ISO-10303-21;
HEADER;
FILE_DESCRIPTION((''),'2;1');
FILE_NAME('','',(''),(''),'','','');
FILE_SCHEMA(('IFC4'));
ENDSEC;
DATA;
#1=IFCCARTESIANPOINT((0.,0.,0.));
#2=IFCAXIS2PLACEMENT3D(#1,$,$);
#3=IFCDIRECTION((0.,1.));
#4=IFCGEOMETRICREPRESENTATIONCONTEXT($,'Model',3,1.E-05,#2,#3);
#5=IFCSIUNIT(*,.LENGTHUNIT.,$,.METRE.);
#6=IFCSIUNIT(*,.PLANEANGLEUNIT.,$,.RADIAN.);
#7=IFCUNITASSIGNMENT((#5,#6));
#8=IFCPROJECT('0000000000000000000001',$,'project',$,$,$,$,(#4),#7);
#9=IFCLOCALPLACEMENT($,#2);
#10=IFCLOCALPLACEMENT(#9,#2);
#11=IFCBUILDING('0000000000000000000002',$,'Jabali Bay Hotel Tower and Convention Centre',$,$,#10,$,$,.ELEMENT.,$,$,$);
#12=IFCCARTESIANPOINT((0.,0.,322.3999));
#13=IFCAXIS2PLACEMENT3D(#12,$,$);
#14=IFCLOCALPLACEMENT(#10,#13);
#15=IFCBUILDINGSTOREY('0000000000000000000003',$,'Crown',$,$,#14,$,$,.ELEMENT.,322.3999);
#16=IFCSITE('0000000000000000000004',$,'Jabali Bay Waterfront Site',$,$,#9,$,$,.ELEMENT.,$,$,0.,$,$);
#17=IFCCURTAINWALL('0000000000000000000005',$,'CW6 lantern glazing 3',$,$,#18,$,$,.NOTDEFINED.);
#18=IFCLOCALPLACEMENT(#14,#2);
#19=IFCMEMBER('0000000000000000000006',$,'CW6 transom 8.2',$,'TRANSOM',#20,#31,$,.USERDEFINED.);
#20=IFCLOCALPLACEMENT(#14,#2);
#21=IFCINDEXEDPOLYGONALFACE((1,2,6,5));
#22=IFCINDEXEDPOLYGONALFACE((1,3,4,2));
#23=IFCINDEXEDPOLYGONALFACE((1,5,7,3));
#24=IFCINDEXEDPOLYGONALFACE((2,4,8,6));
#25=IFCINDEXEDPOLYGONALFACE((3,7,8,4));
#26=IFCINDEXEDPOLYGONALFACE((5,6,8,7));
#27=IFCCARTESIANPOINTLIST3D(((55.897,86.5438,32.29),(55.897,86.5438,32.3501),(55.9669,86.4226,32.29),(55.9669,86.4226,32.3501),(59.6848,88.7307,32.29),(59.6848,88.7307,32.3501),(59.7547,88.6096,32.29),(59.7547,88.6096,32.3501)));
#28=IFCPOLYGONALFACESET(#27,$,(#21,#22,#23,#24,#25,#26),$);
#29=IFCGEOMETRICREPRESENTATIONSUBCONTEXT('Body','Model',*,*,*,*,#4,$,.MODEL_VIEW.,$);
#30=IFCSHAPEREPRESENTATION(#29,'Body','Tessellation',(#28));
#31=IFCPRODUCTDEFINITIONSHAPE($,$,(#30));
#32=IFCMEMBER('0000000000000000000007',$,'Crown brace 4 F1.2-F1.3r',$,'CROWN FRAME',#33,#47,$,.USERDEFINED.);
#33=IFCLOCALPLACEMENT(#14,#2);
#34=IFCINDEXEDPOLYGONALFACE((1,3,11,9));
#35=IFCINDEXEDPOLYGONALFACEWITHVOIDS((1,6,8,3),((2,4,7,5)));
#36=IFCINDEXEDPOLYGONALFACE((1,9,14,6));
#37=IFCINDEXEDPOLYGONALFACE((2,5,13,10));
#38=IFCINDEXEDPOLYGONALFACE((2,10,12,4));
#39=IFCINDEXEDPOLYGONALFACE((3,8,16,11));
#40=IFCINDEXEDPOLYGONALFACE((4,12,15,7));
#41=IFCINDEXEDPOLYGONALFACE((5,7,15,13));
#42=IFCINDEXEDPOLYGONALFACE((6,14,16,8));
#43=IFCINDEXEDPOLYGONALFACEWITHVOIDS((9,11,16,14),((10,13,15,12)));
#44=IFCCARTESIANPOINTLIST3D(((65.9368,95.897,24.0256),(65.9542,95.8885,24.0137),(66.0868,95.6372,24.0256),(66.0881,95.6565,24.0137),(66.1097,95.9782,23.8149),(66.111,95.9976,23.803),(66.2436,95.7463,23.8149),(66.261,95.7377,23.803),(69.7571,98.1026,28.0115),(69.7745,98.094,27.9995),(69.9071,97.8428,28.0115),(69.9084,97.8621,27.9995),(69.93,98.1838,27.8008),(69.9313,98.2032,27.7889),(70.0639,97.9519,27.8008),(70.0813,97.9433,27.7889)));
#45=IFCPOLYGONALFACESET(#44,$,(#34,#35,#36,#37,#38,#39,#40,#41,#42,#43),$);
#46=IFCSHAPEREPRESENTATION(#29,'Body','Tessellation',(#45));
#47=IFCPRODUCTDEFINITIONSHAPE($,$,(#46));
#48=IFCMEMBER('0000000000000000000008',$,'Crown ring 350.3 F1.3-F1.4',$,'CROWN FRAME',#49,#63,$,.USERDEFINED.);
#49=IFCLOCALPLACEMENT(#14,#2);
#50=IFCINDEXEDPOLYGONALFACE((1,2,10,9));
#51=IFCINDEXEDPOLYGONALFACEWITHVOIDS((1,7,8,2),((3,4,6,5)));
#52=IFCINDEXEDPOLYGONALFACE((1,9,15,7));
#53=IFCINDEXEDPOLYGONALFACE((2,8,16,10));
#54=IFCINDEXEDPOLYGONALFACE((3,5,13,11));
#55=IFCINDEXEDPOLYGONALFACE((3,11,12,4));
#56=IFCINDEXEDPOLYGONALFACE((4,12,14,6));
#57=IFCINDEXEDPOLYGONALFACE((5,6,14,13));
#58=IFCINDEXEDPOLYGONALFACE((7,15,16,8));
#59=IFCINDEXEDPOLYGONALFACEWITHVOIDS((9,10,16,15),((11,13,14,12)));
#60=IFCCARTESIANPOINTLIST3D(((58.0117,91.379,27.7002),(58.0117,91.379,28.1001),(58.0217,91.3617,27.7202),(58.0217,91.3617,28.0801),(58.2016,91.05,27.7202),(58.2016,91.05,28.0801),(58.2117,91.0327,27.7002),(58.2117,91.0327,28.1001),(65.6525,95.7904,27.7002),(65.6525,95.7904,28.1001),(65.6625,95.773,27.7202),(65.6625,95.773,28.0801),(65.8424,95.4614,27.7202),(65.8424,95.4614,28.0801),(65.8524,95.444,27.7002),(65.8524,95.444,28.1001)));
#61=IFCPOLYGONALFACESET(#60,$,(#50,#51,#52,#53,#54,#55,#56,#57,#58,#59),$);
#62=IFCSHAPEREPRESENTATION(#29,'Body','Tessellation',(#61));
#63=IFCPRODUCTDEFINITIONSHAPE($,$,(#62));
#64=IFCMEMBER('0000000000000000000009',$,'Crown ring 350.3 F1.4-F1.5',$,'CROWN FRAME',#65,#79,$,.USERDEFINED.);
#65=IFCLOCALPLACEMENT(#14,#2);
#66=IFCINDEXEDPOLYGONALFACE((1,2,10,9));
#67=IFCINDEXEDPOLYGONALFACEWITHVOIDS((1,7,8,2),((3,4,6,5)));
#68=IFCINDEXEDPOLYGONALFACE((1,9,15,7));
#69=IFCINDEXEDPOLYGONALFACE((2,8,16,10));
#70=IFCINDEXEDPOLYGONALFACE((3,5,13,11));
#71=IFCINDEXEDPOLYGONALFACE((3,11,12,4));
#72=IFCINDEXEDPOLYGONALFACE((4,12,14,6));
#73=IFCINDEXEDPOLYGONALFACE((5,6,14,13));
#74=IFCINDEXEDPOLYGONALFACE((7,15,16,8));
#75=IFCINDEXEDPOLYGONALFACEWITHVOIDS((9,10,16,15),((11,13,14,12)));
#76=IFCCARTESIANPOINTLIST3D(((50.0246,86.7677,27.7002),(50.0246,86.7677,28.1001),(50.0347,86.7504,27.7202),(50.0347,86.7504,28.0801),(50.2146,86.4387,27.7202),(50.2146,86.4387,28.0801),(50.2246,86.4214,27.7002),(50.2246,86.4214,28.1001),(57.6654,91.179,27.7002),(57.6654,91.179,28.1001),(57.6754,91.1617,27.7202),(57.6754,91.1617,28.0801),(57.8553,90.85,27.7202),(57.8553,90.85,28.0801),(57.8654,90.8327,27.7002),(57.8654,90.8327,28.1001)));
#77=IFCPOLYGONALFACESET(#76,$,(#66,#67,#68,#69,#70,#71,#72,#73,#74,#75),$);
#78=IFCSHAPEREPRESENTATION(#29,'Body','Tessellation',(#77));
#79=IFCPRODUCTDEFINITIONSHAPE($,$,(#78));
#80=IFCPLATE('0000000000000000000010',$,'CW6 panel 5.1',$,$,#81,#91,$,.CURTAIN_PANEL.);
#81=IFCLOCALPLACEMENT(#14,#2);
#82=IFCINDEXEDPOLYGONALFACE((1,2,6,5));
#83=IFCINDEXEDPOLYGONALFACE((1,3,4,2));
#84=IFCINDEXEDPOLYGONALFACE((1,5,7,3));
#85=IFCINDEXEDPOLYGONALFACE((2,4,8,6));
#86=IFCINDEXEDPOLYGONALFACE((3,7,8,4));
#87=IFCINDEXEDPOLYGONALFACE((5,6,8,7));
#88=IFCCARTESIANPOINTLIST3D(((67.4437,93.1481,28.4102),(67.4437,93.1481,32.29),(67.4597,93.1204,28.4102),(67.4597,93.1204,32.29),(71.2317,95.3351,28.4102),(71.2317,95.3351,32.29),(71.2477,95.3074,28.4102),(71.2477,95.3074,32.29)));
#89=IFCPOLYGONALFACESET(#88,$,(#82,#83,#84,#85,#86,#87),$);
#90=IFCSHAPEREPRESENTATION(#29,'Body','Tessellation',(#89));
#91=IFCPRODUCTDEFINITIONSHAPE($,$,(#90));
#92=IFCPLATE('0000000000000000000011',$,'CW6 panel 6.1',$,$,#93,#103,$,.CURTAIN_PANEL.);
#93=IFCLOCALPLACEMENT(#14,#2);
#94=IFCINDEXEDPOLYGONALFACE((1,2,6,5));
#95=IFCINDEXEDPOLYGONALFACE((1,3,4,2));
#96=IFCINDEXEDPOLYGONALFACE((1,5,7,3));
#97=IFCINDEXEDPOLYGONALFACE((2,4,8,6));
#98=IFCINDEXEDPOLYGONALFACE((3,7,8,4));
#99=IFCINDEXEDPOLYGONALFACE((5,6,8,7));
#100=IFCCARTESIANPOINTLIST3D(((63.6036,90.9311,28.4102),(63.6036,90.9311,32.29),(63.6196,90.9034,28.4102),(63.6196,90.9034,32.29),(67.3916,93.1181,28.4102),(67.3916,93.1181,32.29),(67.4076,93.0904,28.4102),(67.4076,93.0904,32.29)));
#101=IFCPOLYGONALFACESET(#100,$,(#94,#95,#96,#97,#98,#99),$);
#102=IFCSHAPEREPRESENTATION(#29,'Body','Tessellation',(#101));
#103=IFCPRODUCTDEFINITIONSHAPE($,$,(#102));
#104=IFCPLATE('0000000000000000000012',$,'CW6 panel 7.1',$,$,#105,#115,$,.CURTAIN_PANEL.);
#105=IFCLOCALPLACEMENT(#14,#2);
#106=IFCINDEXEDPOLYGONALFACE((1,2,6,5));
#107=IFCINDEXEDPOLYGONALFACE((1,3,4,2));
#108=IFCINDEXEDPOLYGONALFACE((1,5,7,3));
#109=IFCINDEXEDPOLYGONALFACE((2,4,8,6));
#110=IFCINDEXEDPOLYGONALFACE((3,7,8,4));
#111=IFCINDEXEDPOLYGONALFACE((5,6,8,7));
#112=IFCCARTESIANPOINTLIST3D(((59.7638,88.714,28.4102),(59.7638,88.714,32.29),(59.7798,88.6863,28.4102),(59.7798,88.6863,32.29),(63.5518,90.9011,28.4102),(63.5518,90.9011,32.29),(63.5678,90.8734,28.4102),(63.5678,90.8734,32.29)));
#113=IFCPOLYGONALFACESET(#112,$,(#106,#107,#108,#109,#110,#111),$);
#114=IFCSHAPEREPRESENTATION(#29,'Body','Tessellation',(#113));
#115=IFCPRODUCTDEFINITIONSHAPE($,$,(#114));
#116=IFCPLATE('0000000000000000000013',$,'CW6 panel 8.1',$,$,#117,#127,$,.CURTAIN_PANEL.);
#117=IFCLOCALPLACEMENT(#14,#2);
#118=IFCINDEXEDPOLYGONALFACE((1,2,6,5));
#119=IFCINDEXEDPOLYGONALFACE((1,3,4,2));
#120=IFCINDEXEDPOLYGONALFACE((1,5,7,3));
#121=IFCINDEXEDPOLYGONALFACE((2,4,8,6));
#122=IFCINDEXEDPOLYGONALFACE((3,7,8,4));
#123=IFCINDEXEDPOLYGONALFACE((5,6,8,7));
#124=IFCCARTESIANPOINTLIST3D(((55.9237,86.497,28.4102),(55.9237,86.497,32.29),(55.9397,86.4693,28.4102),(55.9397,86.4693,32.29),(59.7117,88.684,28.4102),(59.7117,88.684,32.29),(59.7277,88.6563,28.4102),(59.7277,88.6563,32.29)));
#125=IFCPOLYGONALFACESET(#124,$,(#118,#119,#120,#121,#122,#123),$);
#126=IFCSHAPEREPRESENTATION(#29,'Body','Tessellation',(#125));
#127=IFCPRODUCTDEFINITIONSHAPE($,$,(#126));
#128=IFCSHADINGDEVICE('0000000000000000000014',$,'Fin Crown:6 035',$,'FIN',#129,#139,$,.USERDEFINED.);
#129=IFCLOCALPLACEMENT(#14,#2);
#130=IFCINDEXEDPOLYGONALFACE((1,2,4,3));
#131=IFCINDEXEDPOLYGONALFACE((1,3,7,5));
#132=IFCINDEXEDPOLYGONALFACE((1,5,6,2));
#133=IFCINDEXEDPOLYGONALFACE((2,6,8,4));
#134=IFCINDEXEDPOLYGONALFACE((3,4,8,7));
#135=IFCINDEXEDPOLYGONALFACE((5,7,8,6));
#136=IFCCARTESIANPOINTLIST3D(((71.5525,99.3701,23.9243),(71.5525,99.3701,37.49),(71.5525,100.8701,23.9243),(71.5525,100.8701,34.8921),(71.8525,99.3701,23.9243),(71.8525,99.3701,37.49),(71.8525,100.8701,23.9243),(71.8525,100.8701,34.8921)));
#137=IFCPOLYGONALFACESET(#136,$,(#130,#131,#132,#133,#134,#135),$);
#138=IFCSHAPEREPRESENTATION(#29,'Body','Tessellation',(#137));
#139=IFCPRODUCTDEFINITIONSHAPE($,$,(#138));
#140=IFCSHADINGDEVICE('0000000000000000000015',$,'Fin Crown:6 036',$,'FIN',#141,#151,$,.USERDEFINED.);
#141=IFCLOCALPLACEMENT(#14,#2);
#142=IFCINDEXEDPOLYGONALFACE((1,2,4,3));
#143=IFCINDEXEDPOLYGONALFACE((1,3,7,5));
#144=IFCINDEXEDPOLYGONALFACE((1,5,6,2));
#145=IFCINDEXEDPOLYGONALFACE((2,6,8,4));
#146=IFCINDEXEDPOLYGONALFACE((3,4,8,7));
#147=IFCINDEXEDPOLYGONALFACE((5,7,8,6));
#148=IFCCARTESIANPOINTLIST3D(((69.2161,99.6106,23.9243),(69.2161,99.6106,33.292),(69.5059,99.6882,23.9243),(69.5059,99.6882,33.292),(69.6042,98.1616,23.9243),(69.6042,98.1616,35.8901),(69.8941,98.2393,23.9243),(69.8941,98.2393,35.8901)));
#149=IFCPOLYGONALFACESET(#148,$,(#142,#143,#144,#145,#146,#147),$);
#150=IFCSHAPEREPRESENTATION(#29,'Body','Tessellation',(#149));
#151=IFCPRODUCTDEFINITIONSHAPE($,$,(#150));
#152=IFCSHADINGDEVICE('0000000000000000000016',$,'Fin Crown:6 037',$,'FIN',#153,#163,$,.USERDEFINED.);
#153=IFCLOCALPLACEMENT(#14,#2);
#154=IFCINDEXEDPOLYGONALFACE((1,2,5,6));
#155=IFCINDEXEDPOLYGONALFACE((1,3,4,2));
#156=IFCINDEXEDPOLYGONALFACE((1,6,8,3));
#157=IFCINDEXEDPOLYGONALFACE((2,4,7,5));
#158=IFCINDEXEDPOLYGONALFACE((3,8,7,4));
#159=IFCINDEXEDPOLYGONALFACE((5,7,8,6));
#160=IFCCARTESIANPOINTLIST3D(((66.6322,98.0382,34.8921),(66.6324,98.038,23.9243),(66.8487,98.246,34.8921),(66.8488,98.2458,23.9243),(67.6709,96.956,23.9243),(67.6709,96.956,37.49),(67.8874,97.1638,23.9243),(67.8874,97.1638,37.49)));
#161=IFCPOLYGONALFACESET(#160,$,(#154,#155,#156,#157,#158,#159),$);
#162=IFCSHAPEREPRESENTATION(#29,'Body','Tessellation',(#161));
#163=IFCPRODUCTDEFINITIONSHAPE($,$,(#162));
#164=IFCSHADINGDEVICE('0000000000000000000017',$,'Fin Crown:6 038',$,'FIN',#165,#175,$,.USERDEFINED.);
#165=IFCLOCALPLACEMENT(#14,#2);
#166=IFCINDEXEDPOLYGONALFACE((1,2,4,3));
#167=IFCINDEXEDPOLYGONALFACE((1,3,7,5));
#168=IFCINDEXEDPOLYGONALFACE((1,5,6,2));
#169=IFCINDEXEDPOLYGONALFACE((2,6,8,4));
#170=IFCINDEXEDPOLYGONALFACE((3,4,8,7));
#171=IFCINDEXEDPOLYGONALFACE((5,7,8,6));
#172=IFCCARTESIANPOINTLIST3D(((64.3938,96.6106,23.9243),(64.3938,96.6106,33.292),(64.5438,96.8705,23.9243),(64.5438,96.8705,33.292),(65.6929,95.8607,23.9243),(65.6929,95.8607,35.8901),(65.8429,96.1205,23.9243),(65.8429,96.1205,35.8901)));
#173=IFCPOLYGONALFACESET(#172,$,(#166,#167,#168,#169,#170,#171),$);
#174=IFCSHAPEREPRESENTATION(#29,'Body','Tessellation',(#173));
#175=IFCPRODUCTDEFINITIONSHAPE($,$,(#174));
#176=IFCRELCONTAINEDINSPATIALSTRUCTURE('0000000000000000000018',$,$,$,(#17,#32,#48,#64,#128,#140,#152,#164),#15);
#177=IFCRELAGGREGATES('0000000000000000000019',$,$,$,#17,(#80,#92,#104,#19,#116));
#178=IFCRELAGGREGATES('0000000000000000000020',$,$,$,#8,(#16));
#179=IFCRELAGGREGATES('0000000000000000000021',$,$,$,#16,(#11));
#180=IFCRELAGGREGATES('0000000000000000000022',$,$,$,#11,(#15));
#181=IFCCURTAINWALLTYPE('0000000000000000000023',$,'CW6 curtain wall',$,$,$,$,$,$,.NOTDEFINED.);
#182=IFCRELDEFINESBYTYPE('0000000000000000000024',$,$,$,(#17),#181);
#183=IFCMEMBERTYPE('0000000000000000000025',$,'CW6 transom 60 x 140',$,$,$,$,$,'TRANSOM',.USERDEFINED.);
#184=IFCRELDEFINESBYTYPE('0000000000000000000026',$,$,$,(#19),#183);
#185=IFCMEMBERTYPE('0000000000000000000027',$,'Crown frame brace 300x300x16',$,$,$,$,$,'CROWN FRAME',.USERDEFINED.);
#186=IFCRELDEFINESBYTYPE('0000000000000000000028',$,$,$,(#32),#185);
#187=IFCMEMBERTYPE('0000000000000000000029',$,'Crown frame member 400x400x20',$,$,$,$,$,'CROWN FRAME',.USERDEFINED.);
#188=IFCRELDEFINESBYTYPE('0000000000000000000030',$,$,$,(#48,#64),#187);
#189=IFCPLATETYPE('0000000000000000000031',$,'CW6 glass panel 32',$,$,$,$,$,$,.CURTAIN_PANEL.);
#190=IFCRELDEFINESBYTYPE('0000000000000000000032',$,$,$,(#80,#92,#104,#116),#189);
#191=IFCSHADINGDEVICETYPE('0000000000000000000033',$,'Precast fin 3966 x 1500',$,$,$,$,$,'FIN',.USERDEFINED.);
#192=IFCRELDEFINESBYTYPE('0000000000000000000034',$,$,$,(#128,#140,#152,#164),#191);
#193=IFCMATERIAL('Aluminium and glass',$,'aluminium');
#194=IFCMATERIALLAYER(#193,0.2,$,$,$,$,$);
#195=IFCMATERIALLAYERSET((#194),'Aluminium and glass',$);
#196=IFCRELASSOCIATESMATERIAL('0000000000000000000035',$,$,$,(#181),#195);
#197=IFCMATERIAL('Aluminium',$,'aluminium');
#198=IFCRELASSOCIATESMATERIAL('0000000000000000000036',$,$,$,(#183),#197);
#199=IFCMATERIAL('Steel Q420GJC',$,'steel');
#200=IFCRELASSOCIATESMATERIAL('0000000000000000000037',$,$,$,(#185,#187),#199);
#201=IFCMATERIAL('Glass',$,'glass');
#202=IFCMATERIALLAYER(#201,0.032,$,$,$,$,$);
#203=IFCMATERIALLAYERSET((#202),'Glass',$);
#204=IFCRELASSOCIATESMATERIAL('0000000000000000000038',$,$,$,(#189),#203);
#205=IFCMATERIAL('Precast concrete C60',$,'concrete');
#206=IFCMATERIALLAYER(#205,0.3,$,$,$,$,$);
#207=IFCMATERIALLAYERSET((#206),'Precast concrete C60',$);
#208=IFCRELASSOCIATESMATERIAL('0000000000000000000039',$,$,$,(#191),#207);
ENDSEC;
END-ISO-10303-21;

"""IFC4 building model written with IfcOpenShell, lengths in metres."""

from ifc_helpers import new_model, si_unit, direction, frame, origin, origin_2d, place, context, subcontext, project, spatial, polyline, rectangle, hollow_rectangle, outline, extrude, material, layer, layer_set, material_profile, profile_set, type_object, element, aggregate, save


model = new_model("IFC4")

# Units and contexts
model_context = context("Model", 3, precision=1e-05, world=origin(), true_north=direction((0.0, 1.0)))
body_context = subcontext(model_context, "Body", "Model", "MODEL_VIEW")
ifc_project = project(units=[si_unit("LENGTHUNIT", "METRE"), si_unit("PLANEANGLEUNIT", "RADIAN")], contexts=[model_context])

# Site, building, storey
site_placement = place(None, origin())
site = spatial("IfcSite", under=ifc_project, at=site_placement, Name="Jabali Bay Waterfront Site", CompositionType="ELEMENT", RefElevation=0.0)
building_placement = place(site_placement, origin())
building = spatial("IfcBuilding", under=site, at=building_placement, Name="Jabali Bay Hotel Tower and Convention Centre", CompositionType="ELEMENT")
storey_placement = place(building_placement, frame((0.0, 0.0, 322.3999)))
storey = spatial("IfcBuildingStorey", under=building, at=storey_placement, Name="Crown", CompositionType="ELEMENT", Elevation=322.3999)

# Curtain wall, member
ifc_material_1 = material(Name="Aluminium and glass", Category="aluminium")
ifc_layer_1 = layer(ifc_material_1, 0.2)
ifc_layer_set_1 = layer_set([ifc_layer_1], Name="Aluminium and glass")
curtain_wall_type = type_object("IfcCurtainWallType", Name="CW6 curtain wall", PredefinedType="NOTDEFINED", material=ifc_layer_set_1)
curtain_wall_placement = place(storey_placement, origin())
curtain_wall = element("IfcCurtainWall", 1, at=curtain_wall_placement, inside=storey, type_object=curtain_wall_type, Name="CW6 lantern glazing 3", PredefinedType="NOTDEFINED")
ifc_material_2 = material(Name="Aluminium", Category="aluminium")
ifc_material_profile_1 = material_profile(ifc_material_2, rectangle(XDim=0.1399, YDim=0.0601, at=origin_2d()), Name="CW6 transom 60 x 140")
ifc_profile_set_1 = profile_set([ifc_material_profile_1], Name="Aluminium")
member_type_1 = type_object("IfcMemberType", Name="CW6 transom 60 x 140", ElementType="TRANSOM", PredefinedType="USERDEFINED", material=ifc_profile_set_1)
member_1_placement = place(storey_placement, frame((59.7197, 88.6702, 32.3201), z_axis=(-0.866015, -0.500017, 0.0), x_axis=(0.500017, -0.866015, 0.0)))
member_1 = element("IfcMember", 2, at=member_1_placement, type_object=member_type_1, Name="CW6 transom 8.2", ObjectType="TRANSOM", PredefinedType="USERDEFINED", context=body_context, shape_type="SweptSolid", body=[
    extrude(rectangle(XDim=0.1399, YDim=0.0601, at=origin_2d()), origin(), (0.0, 0.0, 1.0), 4.3738),
])

# Members
ifc_material_3 = material(Name="Steel Q420GJC", Category="steel")
ifc_material_profile_2 = material_profile(ifc_material_3, hollow_rectangle(XDim=0.3, YDim=0.3, WallThickness=0.0161, at=origin_2d()), Name="Crown frame brace 300x300x16")
ifc_profile_set_2 = profile_set([ifc_material_profile_2], Name="Steel Q420GJC")
member_type_2 = type_object("IfcMemberType", Name="Crown frame brace 300x300x16", ElementType="CROWN FRAME", PredefinedType="USERDEFINED", material=ifc_profile_set_2)
member_2_placement = place(storey_placement, frame((66.0989, 95.8174, 23.9143), z_axis=(0.64258, 0.370978, 0.670422), x_axis=(-0.499984, 0.866034, 0.0)))
element("IfcMember", 3, at=member_2_placement, inside=storey, type_object=member_type_2, Name="Crown brace 4 F1.2-F1.3r", ObjectType="CROWN FRAME", PredefinedType="USERDEFINED", context=body_context, shape_type="SweptSolid", body=[
    extrude(hollow_rectangle(XDim=0.3, YDim=0.3, WallThickness=0.0161, at=origin_2d()), origin(), (0.0, 0.0, 1.0), 5.9453),
])
ifc_material_profile_3 = material_profile(ifc_material_3, hollow_rectangle(XDim=0.3999, YDim=0.3999, WallThickness=0.02, at=origin_2d()), Name="Crown frame member 400x400x20")
ifc_profile_set_3 = profile_set([ifc_material_profile_3], Name="Steel Q420GJC")
member_type_3 = type_object("IfcMemberType", Name="Crown frame member 400x400x20", ElementType="CROWN FRAME", PredefinedType="USERDEFINED", material=ifc_profile_set_3)
for number, where, z_axis, x_axis, name in (
    (4, (65.7524, 95.6172, 27.9001), (-0.866029, -0.499993, 0.0), (0.499993, -0.866029, 0.0), "Crown ring 350.3 F1.3-F1.4"),
    (5, (57.7654, 91.0059, 27.9001), (-0.866029, -0.499993, 0.0), (0.499993, -0.866029, 0.0), "Crown ring 350.3 F1.4-F1.5"),
):
    element("IfcMember", number, at=place(storey_placement, frame(where, z_axis=z_axis, x_axis=x_axis)), inside=storey, type_object=member_type_3, Name=name, ObjectType="CROWN FRAME", PredefinedType="USERDEFINED", context=body_context, shape_type="SweptSolid", body=[
        extrude(hollow_rectangle(XDim=0.3999, YDim=0.3999, WallThickness=0.02, at=origin_2d()), origin(), (0.0, 0.0, 1.0), 8.8228),
    ])

# Plates
ifc_material_4 = material(Name="Glass", Category="glass")
ifc_layer_2 = layer(ifc_material_4, 0.032)
ifc_layer_set_2 = layer_set([ifc_layer_2], Name="Glass")
plate_type = type_object("IfcPlateType", Name="CW6 glass panel 32", PredefinedType="CURTAIN_PANEL", material=ifc_layer_set_2)
plate_1_placement = place(storey_placement, frame((69.3457, 94.2278, 28.4102), z_axis=(0.0, 0.0, 1.0), x_axis=(-0.866025, -0.5, 0.0)))
plate_1 = element("IfcPlate", 6, at=plate_1_placement, type_object=plate_type, Name="CW6 panel 5.1", PredefinedType="CURTAIN_PANEL", context=body_context, shape_type="SweptSolid", body=[
    extrude(rectangle(XDim=4.374, YDim=0.032, at=origin_2d()), origin(), (0.0, 0.0, 1.0), 3.8799),
])
plate_2_placement = place(storey_placement, frame((65.5056, 92.0107, 28.4102), z_axis=(0.0, 0.0, 1.0), x_axis=(-0.866025, -0.5, 0.0)))
plate_2 = element("IfcPlate", 7, at=plate_2_placement, type_object=plate_type, Name="CW6 panel 6.1", PredefinedType="CURTAIN_PANEL", context=body_context, shape_type="SweptSolid", body=[
    extrude(rectangle(XDim=4.374, YDim=0.032, at=origin_2d()), origin(), (0.0, 0.0, 1.0), 3.8799),
])
plate_3_placement = place(storey_placement, frame((61.6658, 89.7937, 28.4102), z_axis=(0.0, 0.0, 1.0), x_axis=(-0.866025, -0.5, 0.0)))
plate_3 = element("IfcPlate", 8, at=plate_3_placement, type_object=plate_type, Name="CW6 panel 7.1", PredefinedType="CURTAIN_PANEL", context=body_context, shape_type="SweptSolid", body=[
    extrude(rectangle(XDim=4.374, YDim=0.032, at=origin_2d()), origin(), (0.0, 0.0, 1.0), 3.8799),
])
plate_4_placement = place(storey_placement, frame((57.8257, 87.5767, 28.4102), z_axis=(0.0, 0.0, 1.0), x_axis=(-0.866025, -0.5, 0.0)))
plate_4 = element("IfcPlate", 9, at=plate_4_placement, type_object=plate_type, Name="CW6 panel 8.1", PredefinedType="CURTAIN_PANEL", context=body_context, shape_type="SweptSolid", body=[
    extrude(rectangle(XDim=4.374, YDim=0.032, at=origin_2d()), origin(), (0.0, 0.0, 1.0), 3.8799),
])
aggregate(curtain_wall, [plate_1, plate_2, plate_3, member_1, plate_4])

# Shading devices
ifc_material_5 = material(Name="Precast concrete C60", Category="concrete")
ifc_layer_3 = layer(ifc_material_5, 0.3)
ifc_layer_set_3 = layer_set([ifc_layer_3], Name="Precast concrete C60")
shading_device_type = type_object("IfcShadingDeviceType", Name="Precast fin 3966 x 1500", ElementType="FIN", PredefinedType="USERDEFINED", material=ifc_layer_set_3)
shading_device_1_placement = place(storey_placement, frame((71.7024, 99.3701, 23.9243), z_axis=(0.0, 0.0, 1.0), x_axis=(0.0, 1.0, 0.0)))
element("IfcShadingDevice", 10, at=shading_device_1_placement, inside=storey, type_object=shading_device_type, Name="Fin Crown:6 035", ObjectType="FIN", PredefinedType="USERDEFINED", context=body_context, shape_type="SweptSolid", body=[
    extrude(outline(polyline([(0.0, 0.0), (1.5, 0.0), (1.5, 10.9678), (0.0, 13.5657), (0.0, 0.0)])), frame((0.0, 0.1499, 0.0), z_axis=(0.0, -1.0, 0.0), x_axis=(1.0, 0.0, 0.0)), (0.0, 0.0, 1.0), 0.3),
])
shading_device_2_placement = place(storey_placement, frame((69.749, 98.2004, 23.9243), z_axis=(0.0, 0.0, 1.0), x_axis=(-0.258777, 0.965937, 0.0)))
element("IfcShadingDevice", 11, at=shading_device_2_placement, inside=storey, type_object=shading_device_type, Name="Fin Crown:6 036", ObjectType="FIN", PredefinedType="USERDEFINED", context=body_context, shape_type="SweptSolid", body=[
    extrude(outline(polyline([(0.0, 0.0), (1.5, 0.0), (1.5, 9.3677), (0.0, 11.9658), (0.0, 0.0)])), frame((0.0, 0.1499, 0.0), z_axis=(0.0, -1.0, 0.0), x_axis=(1.0, 0.0, 0.0)), (0.0, 0.0, 1.0), 0.3),
])
shading_device_3_placement = place(storey_placement, frame((67.7791, 97.0598, 23.9243), z_axis=(0.0, 0.0, 1.0), x_axis=(-0.692471, 0.721446, 0.0)))
element("IfcShadingDevice", 12, at=shading_device_3_placement, inside=storey, type_object=shading_device_type, Name="Fin Crown:6 037", ObjectType="FIN", PredefinedType="USERDEFINED", context=body_context, shape_type="SweptSolid", body=[
    extrude(outline(polyline([(0.0, 0.0), (1.4998, 0.0), (1.5, 10.9678), (0.0, 13.5657), (0.0, 0.0)])), frame((0.0, 0.1499, 0.0), z_axis=(0.0, -1.0, 0.0), x_axis=(1.0, 0.0, 0.0)), (0.0, 0.0, 1.0), 0.3),
])
shading_device_4_placement = place(storey_placement, frame((65.7678, 95.9905, 23.9243), z_axis=(0.0, 0.0, 1.0), x_axis=(-0.866031, 0.49999, 0.0)))
element("IfcShadingDevice", 13, at=shading_device_4_placement, inside=storey, type_object=shading_device_type, Name="Fin Crown:6 038", ObjectType="FIN", PredefinedType="USERDEFINED", context=body_context, shape_type="SweptSolid", body=[
    extrude(outline(polyline([(0.0, 0.0), (1.5, 0.0), (1.5, 9.3677), (0.0, 11.9658), (0.0, 0.0)])), frame((0.0, 0.1499, 0.0), z_axis=(0.0, -1.0, 0.0), x_axis=(1.0, 0.0, 0.0)), (0.0, 0.0, 1.0), 0.3),
])

save(model, "model.ifc")
